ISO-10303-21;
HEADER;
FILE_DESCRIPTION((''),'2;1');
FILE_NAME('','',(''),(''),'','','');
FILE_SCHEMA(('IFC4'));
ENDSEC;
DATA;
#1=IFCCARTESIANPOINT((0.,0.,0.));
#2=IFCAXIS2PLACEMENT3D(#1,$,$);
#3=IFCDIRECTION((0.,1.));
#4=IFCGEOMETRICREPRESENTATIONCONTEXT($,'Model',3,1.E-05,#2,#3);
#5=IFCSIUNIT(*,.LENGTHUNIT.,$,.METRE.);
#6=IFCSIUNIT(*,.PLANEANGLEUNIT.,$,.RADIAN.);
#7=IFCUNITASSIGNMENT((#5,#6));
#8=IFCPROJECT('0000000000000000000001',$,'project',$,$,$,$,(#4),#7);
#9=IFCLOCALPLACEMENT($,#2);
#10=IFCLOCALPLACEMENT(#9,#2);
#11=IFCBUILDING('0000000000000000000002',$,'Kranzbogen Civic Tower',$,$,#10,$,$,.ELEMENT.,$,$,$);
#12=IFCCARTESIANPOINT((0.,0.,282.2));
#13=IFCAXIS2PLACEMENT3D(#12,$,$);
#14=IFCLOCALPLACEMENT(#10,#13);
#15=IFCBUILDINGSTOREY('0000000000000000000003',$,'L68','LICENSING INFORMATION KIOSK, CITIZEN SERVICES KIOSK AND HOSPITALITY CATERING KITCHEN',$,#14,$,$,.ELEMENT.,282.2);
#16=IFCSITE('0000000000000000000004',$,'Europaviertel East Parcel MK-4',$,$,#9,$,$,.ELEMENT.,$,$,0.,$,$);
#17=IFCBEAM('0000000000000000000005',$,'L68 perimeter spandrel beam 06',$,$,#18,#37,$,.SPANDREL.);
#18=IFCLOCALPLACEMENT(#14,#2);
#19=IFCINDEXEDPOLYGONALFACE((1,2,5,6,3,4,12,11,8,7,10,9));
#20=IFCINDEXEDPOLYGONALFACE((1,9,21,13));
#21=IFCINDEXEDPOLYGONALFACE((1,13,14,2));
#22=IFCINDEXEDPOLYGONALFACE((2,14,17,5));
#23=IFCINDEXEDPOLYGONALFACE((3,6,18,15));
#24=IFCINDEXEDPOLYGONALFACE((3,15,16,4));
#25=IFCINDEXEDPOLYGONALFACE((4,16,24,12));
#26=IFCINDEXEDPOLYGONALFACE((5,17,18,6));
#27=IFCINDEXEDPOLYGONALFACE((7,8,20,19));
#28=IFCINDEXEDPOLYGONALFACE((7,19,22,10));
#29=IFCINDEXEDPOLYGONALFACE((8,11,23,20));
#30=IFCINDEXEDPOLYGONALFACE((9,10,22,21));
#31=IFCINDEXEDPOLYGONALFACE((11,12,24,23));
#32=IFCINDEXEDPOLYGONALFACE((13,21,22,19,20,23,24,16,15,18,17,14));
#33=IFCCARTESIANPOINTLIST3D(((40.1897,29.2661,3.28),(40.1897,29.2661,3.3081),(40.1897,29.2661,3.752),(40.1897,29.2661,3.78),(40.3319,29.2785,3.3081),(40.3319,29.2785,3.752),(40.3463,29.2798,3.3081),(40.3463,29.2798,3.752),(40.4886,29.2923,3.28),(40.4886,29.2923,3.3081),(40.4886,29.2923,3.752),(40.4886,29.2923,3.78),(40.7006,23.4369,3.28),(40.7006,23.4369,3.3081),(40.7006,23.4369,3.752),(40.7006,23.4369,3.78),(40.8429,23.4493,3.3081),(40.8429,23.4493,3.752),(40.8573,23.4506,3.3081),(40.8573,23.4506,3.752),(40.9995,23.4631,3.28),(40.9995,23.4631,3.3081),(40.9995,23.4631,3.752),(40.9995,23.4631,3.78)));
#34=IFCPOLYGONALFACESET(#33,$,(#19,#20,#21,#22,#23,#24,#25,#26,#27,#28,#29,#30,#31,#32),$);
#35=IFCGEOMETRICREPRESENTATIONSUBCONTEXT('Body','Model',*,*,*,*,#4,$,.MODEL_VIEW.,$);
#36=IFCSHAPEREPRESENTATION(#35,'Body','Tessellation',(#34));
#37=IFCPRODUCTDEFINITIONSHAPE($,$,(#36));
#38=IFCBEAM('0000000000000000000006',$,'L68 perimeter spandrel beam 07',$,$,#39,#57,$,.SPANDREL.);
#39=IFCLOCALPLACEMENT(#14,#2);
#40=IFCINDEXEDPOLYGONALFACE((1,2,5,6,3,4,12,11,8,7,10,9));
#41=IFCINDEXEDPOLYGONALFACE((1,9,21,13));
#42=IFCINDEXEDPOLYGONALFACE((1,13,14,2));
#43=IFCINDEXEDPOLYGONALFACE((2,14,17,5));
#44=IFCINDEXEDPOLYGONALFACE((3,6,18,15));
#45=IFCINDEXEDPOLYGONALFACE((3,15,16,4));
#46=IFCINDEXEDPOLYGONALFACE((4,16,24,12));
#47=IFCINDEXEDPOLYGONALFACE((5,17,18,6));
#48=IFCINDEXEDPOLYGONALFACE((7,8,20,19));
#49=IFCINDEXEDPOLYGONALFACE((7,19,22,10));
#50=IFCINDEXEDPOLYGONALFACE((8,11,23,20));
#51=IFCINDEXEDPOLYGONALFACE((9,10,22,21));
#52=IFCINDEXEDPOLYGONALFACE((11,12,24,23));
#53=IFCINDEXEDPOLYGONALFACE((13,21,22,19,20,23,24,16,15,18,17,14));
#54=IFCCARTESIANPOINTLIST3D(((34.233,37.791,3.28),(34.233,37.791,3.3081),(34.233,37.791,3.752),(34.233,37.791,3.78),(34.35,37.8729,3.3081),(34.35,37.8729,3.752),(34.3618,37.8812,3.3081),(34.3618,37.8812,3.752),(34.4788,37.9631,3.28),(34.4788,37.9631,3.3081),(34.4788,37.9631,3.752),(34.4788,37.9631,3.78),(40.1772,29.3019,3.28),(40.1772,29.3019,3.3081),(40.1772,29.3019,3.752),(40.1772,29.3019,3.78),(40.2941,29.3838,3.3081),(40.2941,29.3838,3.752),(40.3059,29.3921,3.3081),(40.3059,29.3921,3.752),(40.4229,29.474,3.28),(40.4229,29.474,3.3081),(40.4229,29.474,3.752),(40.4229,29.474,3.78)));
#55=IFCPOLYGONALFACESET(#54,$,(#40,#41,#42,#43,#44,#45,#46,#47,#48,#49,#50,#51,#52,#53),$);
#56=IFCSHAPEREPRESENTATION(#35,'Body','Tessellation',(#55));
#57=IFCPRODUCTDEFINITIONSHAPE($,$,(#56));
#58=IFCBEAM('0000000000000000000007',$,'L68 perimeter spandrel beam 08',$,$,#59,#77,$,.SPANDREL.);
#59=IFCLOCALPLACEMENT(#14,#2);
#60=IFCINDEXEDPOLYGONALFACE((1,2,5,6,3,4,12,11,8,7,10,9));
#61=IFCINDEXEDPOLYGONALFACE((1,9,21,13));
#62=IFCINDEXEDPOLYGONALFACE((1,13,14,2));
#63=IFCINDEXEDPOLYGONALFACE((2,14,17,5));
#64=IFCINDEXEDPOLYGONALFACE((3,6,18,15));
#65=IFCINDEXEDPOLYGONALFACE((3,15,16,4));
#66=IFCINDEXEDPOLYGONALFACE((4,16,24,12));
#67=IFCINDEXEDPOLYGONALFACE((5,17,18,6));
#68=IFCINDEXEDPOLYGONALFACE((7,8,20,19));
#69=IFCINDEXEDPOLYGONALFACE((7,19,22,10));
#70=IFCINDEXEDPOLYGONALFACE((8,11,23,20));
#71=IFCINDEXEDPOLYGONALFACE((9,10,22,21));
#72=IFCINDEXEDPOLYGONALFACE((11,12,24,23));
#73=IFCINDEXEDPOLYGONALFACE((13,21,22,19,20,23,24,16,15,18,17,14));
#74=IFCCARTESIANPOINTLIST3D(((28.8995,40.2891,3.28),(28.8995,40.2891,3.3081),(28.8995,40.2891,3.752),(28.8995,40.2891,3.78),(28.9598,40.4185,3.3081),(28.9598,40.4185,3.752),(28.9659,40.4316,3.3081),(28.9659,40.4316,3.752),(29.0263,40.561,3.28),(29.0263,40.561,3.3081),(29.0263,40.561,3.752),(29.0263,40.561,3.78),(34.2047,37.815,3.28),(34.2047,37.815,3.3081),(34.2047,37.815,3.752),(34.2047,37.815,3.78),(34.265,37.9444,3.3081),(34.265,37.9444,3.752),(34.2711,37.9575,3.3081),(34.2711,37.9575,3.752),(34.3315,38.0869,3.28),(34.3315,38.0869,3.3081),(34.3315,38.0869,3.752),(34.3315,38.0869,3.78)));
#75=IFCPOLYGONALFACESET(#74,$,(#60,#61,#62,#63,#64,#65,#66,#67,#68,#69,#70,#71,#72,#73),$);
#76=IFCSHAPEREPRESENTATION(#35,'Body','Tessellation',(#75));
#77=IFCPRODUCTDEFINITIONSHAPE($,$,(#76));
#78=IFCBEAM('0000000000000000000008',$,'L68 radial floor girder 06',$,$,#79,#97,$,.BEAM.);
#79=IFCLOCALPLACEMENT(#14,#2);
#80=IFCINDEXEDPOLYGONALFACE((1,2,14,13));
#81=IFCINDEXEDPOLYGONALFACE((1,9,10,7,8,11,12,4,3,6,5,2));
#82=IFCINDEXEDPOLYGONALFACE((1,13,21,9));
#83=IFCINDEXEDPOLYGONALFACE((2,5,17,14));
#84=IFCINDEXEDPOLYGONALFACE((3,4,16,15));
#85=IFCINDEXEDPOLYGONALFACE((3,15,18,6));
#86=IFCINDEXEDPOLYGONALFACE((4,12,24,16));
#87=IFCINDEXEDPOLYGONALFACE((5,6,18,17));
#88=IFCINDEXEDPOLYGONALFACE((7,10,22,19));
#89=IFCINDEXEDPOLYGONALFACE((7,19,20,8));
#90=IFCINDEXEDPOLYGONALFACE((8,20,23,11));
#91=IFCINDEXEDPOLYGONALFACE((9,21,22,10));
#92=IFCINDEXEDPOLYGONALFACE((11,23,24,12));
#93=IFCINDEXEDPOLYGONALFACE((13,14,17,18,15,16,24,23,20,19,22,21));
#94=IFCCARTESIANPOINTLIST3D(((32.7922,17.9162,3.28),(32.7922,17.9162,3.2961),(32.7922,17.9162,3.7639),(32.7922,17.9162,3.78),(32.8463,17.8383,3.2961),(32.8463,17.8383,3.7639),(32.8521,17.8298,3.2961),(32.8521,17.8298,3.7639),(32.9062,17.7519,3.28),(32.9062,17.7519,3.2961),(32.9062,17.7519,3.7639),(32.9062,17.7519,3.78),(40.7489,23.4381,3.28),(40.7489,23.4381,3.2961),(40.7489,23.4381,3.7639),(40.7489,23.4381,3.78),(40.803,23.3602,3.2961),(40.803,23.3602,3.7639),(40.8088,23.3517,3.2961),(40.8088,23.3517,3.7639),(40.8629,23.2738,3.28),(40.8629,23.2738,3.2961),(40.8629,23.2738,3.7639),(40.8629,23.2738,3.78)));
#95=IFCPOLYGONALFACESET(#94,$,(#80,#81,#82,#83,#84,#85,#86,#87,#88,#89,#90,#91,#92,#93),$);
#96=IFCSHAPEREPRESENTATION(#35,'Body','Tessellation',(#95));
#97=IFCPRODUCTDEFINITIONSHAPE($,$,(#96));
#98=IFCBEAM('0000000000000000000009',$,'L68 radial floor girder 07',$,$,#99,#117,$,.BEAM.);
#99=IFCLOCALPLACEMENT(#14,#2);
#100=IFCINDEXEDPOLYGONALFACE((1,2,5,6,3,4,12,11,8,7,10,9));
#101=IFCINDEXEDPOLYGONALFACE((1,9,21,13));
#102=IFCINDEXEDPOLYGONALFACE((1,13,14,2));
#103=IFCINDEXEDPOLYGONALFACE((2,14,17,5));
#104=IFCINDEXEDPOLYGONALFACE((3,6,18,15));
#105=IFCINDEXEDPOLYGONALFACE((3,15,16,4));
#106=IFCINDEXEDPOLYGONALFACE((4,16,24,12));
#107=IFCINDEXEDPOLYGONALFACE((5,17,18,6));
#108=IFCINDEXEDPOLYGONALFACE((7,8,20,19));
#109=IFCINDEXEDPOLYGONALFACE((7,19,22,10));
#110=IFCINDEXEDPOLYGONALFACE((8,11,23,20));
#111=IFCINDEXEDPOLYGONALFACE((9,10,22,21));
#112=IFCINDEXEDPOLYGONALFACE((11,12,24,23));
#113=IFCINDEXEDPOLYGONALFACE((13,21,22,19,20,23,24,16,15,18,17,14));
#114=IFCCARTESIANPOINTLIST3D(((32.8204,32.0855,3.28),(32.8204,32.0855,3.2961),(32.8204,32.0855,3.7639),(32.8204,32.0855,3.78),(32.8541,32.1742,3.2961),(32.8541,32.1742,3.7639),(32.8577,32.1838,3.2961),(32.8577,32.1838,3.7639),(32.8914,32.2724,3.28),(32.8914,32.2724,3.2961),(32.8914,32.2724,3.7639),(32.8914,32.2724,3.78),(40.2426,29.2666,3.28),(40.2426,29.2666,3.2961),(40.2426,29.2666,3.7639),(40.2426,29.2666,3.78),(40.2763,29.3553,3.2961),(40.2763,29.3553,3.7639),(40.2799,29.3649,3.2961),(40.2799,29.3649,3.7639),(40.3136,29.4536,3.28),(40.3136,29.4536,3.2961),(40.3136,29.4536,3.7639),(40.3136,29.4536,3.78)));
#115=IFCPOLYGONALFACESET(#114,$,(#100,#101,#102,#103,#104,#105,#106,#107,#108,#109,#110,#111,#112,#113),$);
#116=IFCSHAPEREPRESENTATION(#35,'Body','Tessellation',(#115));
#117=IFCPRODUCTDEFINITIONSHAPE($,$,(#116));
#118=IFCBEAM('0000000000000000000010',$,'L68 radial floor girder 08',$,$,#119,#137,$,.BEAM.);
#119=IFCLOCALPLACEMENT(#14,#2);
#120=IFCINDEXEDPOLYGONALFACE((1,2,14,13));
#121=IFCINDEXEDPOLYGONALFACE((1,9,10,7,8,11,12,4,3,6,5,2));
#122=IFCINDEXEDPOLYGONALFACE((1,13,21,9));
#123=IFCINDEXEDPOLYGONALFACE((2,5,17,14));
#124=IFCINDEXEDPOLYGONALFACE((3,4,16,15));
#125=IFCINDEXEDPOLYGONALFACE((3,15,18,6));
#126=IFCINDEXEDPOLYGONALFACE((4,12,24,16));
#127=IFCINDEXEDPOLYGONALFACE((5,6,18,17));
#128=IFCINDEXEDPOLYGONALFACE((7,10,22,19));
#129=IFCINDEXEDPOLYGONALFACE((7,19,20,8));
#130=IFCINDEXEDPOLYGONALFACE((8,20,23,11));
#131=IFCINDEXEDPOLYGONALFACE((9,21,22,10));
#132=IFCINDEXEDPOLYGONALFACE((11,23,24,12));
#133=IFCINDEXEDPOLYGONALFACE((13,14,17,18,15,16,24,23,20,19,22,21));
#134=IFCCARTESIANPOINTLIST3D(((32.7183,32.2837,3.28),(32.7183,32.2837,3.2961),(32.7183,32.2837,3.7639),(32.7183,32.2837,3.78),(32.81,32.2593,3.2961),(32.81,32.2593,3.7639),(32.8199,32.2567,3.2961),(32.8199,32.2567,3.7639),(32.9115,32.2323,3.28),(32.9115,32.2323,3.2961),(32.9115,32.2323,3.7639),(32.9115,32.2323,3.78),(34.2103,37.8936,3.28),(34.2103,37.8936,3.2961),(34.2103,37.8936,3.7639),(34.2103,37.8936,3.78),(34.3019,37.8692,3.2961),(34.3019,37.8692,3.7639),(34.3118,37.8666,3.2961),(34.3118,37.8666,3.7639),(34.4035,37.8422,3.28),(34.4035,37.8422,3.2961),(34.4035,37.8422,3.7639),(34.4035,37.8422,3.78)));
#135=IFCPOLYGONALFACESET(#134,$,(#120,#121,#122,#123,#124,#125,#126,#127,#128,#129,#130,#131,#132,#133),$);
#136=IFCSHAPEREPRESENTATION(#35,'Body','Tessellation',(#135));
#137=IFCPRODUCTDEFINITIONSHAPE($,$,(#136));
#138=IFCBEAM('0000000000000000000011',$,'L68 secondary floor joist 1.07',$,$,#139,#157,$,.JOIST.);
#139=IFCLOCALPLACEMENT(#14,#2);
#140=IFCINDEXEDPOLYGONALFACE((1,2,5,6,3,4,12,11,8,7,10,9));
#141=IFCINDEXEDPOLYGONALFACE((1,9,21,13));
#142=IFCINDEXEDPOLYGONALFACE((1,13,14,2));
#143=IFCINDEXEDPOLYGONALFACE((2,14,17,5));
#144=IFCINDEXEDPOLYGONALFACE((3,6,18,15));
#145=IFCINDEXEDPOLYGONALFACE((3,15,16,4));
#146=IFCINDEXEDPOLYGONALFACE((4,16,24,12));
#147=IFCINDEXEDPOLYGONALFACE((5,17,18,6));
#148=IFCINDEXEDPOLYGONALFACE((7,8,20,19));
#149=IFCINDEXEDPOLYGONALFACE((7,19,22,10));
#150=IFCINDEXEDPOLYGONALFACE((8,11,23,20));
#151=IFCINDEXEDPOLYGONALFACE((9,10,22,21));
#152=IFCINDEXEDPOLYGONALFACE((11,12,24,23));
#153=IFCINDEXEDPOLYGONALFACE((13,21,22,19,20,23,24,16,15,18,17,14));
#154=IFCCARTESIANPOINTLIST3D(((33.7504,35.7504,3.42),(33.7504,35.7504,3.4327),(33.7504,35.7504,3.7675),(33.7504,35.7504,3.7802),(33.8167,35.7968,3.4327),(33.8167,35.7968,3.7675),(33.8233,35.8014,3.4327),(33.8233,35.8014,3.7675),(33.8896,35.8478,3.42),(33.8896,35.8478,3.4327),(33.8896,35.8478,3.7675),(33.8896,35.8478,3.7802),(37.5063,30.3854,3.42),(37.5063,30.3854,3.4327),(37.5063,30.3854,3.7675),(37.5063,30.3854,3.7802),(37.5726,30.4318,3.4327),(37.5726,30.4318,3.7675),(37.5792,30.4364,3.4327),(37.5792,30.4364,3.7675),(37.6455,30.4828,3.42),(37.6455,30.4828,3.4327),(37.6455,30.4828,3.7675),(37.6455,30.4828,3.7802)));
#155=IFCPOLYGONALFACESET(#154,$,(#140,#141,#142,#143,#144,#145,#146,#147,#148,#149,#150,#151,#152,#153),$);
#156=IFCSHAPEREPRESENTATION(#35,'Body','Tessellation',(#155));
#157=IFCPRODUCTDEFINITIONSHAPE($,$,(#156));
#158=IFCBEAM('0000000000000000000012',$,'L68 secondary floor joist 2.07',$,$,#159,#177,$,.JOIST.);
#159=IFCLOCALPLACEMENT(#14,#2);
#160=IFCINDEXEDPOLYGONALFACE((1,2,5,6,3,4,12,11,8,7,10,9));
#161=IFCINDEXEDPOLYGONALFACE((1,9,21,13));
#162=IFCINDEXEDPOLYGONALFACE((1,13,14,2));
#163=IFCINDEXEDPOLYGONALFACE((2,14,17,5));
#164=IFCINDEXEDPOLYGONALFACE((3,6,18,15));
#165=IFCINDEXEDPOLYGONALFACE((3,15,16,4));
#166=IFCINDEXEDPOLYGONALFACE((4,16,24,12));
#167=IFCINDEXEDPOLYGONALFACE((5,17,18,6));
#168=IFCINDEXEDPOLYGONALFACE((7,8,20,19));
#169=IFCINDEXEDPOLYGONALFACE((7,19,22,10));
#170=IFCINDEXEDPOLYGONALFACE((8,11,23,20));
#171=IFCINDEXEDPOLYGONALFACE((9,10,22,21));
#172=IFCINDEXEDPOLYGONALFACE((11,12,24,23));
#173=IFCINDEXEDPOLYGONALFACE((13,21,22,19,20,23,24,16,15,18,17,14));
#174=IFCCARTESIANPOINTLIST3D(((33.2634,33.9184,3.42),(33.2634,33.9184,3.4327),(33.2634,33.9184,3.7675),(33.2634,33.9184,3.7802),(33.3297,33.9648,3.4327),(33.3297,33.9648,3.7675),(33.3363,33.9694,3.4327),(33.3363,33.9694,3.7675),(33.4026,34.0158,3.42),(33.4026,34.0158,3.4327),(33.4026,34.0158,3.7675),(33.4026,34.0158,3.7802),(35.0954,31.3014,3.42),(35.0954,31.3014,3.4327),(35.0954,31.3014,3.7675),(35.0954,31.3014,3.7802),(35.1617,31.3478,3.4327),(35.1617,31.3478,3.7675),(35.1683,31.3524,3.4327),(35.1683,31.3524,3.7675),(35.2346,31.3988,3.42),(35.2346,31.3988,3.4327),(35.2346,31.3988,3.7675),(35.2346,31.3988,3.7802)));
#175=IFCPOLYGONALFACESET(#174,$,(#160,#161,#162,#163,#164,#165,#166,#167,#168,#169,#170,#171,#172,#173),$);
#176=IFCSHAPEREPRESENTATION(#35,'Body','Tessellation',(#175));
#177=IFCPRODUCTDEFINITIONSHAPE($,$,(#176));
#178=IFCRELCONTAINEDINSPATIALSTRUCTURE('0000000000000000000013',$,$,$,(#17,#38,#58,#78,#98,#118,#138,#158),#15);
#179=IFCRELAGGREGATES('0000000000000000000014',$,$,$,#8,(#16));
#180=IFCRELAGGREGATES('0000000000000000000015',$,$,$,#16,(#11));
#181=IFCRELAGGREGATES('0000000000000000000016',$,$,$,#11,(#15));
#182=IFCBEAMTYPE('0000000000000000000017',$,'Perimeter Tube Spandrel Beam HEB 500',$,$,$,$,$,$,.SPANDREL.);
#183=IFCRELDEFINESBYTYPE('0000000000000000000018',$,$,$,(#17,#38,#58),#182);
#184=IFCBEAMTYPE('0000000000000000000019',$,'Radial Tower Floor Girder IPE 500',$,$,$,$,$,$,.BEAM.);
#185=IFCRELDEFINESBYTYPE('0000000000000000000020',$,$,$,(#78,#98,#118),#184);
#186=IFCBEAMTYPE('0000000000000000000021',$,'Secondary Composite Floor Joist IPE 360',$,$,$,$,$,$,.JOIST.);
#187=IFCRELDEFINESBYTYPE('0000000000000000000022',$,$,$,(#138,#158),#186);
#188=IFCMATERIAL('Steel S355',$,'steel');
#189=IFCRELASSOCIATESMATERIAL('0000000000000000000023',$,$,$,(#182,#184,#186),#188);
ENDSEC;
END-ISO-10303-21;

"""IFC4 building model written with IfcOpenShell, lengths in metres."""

from ifc_helpers import new_model, si_unit, direction, frame, origin, origin_2d, place, context, subcontext, project, spatial, i_section, extrude, material, material_profile, profile_set, type_object, element, save


model = new_model("IFC4")

# Units and contexts
model_context = context("Model", 3, precision=1e-05, world=origin(), true_north=direction((0.0, 1.0)))
body_context = subcontext(model_context, "Body", "Model", "MODEL_VIEW")
ifc_project = project(units=[si_unit("LENGTHUNIT", "METRE"), si_unit("PLANEANGLEUNIT", "RADIAN")], contexts=[model_context])

# Site, building, storey
site_placement = place(None, origin())
site = spatial("IfcSite", under=ifc_project, at=site_placement, Name="Europaviertel East Parcel MK-4", CompositionType="ELEMENT", RefElevation=0.0)
building_placement = place(site_placement, origin())
building = spatial("IfcBuilding", under=site, at=building_placement, Name="Kranzbogen Civic Tower", CompositionType="ELEMENT")
storey_placement = place(building_placement, frame((0.0, 0.0, 282.2)))
storey = spatial("IfcBuildingStorey", under=building, at=storey_placement, Name="L68", Description="LICENSING INFORMATION KIOSK, CITIZEN SERVICES KIOSK AND HOSPITALITY CATERING KITCHEN", CompositionType="ELEMENT", Elevation=282.2)

# Shared definitions
ifc_material_1 = material(Name="Steel S355", Category="steel")

# Beams
ifc_material_profile_1 = material_profile(ifc_material_1, i_section(OverallWidth=0.3, OverallDepth=0.5, WebThickness=0.0144, FlangeThickness=0.0281, at=origin_2d()), Name="HEB 500")
ifc_profile_set_1 = profile_set([ifc_material_profile_1], Name="Steel S355")
beam_type_1 = type_object("IfcBeamType", Name="Perimeter Tube Spandrel Beam HEB 500", PredefinedType="SPANDREL", material=ifc_profile_set_1)
beam_1_placement = place(storey_placement, frame((40.8501, 23.45, 3.53), z_axis=(-0.087326, 0.99618, 0.0), x_axis=(-0.99618, -0.087326, 0.0)))
element("IfcBeam", 1, at=beam_1_placement, inside=storey, type_object=beam_type_1, Name="L68 perimeter spandrel beam 06", PredefinedType="SPANDREL", context=body_context, shape_type="SweptSolid", body=[
    extrude(i_section(OverallWidth=0.3, OverallDepth=0.5, WebThickness=0.0144, FlangeThickness=0.0281, at=origin_2d()), origin(), (0.0, 0.0, 1.0), 5.8516),
])
beam_2_placement = place(storey_placement, frame((40.3, 29.3879, 3.53), z_axis=(-0.573578, 0.819151, 0.0), x_axis=(-0.819151, -0.573578, 0.0)))
element("IfcBeam", 2, at=beam_2_placement, inside=storey, type_object=beam_type_1, Name="L68 perimeter spandrel beam 07", PredefinedType="SPANDREL", context=body_context, shape_type="SweptSolid", body=[
    extrude(i_section(OverallWidth=0.3, OverallDepth=0.5, WebThickness=0.0144, FlangeThickness=0.0281, at=origin_2d()), origin(), (0.0, 0.0, 1.0), 10.3633),
])
beam_3_placement = place(storey_placement, frame((34.2681, 37.9509, 3.53), z_axis=(-0.90629, 0.422657, 0.0), x_axis=(-0.422657, -0.90629, 0.0)))
element("IfcBeam", 3, at=beam_3_placement, inside=storey, type_object=beam_type_1, Name="L68 perimeter spandrel beam 08", PredefinedType="SPANDREL", context=body_context, shape_type="SweptSolid", body=[
    extrude(i_section(OverallWidth=0.3, OverallDepth=0.5, WebThickness=0.0144, FlangeThickness=0.0281, at=origin_2d()), origin(), (0.0, 0.0, 1.0), 5.8538),
])
ifc_material_profile_2 = material_profile(ifc_material_1, i_section(OverallWidth=0.2, OverallDepth=0.5, WebThickness=0.0103, FlangeThickness=0.0161, at=origin_2d()), Name="IPE 500")
ifc_profile_set_2 = profile_set([ifc_material_profile_2], Name="Steel S355")
beam_type_2 = type_object("IfcBeamType", Name="Radial Tower Floor Girder IPE 500", PredefinedType="BEAM", material=ifc_profile_set_2)
beam_4_placement = place(storey_placement, frame((40.8059, 23.356, 3.53), z_axis=(-0.821543, -0.570147, 0.0), x_axis=(0.570147, -0.821543, 0.0)))
element("IfcBeam", 4, at=beam_4_placement, inside=storey, type_object=beam_type_2, Name="L68 radial floor girder 06", PredefinedType="BEAM", context=body_context, shape_type="SweptSolid", body=[
    extrude(i_section(OverallWidth=0.2, OverallDepth=0.5, WebThickness=0.0103, FlangeThickness=0.0161, at=origin_2d()), origin(), (0.0, 0.0, 1.0), 9.6851),
])
beam_5_placement = place(storey_placement, frame((40.2781, 29.3601, 3.53), z_axis=(-0.934849, 0.355046, 0.0), x_axis=(-0.355046, -0.934849, 0.0)))
element("IfcBeam", 5, at=beam_5_placement, inside=storey, type_object=beam_type_2, Name="L68 radial floor girder 07", PredefinedType="BEAM", context=body_context, shape_type="SweptSolid", body=[
    extrude(i_section(OverallWidth=0.2, OverallDepth=0.5, WebThickness=0.0103, FlangeThickness=0.0161, at=origin_2d()), origin(), (0.0, 0.0, 1.0), 7.9395),
])
beam_6_placement = place(storey_placement, frame((34.3069, 37.8679, 3.53), z_axis=(-0.257016, -0.966407, 0.0), x_axis=(0.966407, -0.257016, 0.0)))
element("IfcBeam", 6, at=beam_6_placement, inside=storey, type_object=beam_type_2, Name="L68 radial floor girder 08", PredefinedType="BEAM", context=body_context, shape_type="SweptSolid", body=[
    extrude(i_section(OverallWidth=0.2, OverallDepth=0.5, WebThickness=0.0103, FlangeThickness=0.0161, at=origin_2d()), origin(), (0.0, 0.0, 1.0), 5.8049),
])
ifc_material_profile_3 = material_profile(ifc_material_1, i_section(OverallWidth=0.1699, OverallDepth=0.3601, WebThickness=0.0081, FlangeThickness=0.0127, at=origin_2d()), Name="IPE 360")
ifc_profile_set_3 = profile_set([ifc_material_profile_3], Name="Steel S355")
beam_type_3 = type_object("IfcBeamType", Name="Secondary Composite Floor Joist IPE 360", PredefinedType="JOIST", material=ifc_profile_set_3)
beam_7_placement = place(storey_placement, frame((37.5759, 30.4341, 3.6001), z_axis=(-0.5735, 0.819206, 0.0), x_axis=(-0.819206, -0.5735, 0.0)))
element("IfcBeam", 7, at=beam_7_placement, inside=storey, type_object=beam_type_3, Name="L68 secondary floor joist 1.07", PredefinedType="JOIST", context=body_context, shape_type="SweptSolid", body=[
    extrude(i_section(OverallWidth=0.1699, OverallDepth=0.3601, WebThickness=0.0081, FlangeThickness=0.0127, at=origin_2d()), origin(), (0.0, 0.0, 1.0), 6.5491),
])
beam_8_placement = place(storey_placement, frame((35.165, 31.3501, 3.6001), z_axis=(-0.573498, 0.819207, 0.0), x_axis=(-0.819207, -0.573498, 0.0)))
element("IfcBeam", 8, at=beam_8_placement, inside=storey, type_object=beam_type_3, Name="L68 secondary floor joist 2.07", PredefinedType="JOIST", context=body_context, shape_type="SweptSolid", body=[
    extrude(i_section(OverallWidth=0.1699, OverallDepth=0.3601, WebThickness=0.0081, FlangeThickness=0.0127, at=origin_2d()), origin(), (0.0, 0.0, 1.0), 3.1946),
])

save(model, "model.ifc")
